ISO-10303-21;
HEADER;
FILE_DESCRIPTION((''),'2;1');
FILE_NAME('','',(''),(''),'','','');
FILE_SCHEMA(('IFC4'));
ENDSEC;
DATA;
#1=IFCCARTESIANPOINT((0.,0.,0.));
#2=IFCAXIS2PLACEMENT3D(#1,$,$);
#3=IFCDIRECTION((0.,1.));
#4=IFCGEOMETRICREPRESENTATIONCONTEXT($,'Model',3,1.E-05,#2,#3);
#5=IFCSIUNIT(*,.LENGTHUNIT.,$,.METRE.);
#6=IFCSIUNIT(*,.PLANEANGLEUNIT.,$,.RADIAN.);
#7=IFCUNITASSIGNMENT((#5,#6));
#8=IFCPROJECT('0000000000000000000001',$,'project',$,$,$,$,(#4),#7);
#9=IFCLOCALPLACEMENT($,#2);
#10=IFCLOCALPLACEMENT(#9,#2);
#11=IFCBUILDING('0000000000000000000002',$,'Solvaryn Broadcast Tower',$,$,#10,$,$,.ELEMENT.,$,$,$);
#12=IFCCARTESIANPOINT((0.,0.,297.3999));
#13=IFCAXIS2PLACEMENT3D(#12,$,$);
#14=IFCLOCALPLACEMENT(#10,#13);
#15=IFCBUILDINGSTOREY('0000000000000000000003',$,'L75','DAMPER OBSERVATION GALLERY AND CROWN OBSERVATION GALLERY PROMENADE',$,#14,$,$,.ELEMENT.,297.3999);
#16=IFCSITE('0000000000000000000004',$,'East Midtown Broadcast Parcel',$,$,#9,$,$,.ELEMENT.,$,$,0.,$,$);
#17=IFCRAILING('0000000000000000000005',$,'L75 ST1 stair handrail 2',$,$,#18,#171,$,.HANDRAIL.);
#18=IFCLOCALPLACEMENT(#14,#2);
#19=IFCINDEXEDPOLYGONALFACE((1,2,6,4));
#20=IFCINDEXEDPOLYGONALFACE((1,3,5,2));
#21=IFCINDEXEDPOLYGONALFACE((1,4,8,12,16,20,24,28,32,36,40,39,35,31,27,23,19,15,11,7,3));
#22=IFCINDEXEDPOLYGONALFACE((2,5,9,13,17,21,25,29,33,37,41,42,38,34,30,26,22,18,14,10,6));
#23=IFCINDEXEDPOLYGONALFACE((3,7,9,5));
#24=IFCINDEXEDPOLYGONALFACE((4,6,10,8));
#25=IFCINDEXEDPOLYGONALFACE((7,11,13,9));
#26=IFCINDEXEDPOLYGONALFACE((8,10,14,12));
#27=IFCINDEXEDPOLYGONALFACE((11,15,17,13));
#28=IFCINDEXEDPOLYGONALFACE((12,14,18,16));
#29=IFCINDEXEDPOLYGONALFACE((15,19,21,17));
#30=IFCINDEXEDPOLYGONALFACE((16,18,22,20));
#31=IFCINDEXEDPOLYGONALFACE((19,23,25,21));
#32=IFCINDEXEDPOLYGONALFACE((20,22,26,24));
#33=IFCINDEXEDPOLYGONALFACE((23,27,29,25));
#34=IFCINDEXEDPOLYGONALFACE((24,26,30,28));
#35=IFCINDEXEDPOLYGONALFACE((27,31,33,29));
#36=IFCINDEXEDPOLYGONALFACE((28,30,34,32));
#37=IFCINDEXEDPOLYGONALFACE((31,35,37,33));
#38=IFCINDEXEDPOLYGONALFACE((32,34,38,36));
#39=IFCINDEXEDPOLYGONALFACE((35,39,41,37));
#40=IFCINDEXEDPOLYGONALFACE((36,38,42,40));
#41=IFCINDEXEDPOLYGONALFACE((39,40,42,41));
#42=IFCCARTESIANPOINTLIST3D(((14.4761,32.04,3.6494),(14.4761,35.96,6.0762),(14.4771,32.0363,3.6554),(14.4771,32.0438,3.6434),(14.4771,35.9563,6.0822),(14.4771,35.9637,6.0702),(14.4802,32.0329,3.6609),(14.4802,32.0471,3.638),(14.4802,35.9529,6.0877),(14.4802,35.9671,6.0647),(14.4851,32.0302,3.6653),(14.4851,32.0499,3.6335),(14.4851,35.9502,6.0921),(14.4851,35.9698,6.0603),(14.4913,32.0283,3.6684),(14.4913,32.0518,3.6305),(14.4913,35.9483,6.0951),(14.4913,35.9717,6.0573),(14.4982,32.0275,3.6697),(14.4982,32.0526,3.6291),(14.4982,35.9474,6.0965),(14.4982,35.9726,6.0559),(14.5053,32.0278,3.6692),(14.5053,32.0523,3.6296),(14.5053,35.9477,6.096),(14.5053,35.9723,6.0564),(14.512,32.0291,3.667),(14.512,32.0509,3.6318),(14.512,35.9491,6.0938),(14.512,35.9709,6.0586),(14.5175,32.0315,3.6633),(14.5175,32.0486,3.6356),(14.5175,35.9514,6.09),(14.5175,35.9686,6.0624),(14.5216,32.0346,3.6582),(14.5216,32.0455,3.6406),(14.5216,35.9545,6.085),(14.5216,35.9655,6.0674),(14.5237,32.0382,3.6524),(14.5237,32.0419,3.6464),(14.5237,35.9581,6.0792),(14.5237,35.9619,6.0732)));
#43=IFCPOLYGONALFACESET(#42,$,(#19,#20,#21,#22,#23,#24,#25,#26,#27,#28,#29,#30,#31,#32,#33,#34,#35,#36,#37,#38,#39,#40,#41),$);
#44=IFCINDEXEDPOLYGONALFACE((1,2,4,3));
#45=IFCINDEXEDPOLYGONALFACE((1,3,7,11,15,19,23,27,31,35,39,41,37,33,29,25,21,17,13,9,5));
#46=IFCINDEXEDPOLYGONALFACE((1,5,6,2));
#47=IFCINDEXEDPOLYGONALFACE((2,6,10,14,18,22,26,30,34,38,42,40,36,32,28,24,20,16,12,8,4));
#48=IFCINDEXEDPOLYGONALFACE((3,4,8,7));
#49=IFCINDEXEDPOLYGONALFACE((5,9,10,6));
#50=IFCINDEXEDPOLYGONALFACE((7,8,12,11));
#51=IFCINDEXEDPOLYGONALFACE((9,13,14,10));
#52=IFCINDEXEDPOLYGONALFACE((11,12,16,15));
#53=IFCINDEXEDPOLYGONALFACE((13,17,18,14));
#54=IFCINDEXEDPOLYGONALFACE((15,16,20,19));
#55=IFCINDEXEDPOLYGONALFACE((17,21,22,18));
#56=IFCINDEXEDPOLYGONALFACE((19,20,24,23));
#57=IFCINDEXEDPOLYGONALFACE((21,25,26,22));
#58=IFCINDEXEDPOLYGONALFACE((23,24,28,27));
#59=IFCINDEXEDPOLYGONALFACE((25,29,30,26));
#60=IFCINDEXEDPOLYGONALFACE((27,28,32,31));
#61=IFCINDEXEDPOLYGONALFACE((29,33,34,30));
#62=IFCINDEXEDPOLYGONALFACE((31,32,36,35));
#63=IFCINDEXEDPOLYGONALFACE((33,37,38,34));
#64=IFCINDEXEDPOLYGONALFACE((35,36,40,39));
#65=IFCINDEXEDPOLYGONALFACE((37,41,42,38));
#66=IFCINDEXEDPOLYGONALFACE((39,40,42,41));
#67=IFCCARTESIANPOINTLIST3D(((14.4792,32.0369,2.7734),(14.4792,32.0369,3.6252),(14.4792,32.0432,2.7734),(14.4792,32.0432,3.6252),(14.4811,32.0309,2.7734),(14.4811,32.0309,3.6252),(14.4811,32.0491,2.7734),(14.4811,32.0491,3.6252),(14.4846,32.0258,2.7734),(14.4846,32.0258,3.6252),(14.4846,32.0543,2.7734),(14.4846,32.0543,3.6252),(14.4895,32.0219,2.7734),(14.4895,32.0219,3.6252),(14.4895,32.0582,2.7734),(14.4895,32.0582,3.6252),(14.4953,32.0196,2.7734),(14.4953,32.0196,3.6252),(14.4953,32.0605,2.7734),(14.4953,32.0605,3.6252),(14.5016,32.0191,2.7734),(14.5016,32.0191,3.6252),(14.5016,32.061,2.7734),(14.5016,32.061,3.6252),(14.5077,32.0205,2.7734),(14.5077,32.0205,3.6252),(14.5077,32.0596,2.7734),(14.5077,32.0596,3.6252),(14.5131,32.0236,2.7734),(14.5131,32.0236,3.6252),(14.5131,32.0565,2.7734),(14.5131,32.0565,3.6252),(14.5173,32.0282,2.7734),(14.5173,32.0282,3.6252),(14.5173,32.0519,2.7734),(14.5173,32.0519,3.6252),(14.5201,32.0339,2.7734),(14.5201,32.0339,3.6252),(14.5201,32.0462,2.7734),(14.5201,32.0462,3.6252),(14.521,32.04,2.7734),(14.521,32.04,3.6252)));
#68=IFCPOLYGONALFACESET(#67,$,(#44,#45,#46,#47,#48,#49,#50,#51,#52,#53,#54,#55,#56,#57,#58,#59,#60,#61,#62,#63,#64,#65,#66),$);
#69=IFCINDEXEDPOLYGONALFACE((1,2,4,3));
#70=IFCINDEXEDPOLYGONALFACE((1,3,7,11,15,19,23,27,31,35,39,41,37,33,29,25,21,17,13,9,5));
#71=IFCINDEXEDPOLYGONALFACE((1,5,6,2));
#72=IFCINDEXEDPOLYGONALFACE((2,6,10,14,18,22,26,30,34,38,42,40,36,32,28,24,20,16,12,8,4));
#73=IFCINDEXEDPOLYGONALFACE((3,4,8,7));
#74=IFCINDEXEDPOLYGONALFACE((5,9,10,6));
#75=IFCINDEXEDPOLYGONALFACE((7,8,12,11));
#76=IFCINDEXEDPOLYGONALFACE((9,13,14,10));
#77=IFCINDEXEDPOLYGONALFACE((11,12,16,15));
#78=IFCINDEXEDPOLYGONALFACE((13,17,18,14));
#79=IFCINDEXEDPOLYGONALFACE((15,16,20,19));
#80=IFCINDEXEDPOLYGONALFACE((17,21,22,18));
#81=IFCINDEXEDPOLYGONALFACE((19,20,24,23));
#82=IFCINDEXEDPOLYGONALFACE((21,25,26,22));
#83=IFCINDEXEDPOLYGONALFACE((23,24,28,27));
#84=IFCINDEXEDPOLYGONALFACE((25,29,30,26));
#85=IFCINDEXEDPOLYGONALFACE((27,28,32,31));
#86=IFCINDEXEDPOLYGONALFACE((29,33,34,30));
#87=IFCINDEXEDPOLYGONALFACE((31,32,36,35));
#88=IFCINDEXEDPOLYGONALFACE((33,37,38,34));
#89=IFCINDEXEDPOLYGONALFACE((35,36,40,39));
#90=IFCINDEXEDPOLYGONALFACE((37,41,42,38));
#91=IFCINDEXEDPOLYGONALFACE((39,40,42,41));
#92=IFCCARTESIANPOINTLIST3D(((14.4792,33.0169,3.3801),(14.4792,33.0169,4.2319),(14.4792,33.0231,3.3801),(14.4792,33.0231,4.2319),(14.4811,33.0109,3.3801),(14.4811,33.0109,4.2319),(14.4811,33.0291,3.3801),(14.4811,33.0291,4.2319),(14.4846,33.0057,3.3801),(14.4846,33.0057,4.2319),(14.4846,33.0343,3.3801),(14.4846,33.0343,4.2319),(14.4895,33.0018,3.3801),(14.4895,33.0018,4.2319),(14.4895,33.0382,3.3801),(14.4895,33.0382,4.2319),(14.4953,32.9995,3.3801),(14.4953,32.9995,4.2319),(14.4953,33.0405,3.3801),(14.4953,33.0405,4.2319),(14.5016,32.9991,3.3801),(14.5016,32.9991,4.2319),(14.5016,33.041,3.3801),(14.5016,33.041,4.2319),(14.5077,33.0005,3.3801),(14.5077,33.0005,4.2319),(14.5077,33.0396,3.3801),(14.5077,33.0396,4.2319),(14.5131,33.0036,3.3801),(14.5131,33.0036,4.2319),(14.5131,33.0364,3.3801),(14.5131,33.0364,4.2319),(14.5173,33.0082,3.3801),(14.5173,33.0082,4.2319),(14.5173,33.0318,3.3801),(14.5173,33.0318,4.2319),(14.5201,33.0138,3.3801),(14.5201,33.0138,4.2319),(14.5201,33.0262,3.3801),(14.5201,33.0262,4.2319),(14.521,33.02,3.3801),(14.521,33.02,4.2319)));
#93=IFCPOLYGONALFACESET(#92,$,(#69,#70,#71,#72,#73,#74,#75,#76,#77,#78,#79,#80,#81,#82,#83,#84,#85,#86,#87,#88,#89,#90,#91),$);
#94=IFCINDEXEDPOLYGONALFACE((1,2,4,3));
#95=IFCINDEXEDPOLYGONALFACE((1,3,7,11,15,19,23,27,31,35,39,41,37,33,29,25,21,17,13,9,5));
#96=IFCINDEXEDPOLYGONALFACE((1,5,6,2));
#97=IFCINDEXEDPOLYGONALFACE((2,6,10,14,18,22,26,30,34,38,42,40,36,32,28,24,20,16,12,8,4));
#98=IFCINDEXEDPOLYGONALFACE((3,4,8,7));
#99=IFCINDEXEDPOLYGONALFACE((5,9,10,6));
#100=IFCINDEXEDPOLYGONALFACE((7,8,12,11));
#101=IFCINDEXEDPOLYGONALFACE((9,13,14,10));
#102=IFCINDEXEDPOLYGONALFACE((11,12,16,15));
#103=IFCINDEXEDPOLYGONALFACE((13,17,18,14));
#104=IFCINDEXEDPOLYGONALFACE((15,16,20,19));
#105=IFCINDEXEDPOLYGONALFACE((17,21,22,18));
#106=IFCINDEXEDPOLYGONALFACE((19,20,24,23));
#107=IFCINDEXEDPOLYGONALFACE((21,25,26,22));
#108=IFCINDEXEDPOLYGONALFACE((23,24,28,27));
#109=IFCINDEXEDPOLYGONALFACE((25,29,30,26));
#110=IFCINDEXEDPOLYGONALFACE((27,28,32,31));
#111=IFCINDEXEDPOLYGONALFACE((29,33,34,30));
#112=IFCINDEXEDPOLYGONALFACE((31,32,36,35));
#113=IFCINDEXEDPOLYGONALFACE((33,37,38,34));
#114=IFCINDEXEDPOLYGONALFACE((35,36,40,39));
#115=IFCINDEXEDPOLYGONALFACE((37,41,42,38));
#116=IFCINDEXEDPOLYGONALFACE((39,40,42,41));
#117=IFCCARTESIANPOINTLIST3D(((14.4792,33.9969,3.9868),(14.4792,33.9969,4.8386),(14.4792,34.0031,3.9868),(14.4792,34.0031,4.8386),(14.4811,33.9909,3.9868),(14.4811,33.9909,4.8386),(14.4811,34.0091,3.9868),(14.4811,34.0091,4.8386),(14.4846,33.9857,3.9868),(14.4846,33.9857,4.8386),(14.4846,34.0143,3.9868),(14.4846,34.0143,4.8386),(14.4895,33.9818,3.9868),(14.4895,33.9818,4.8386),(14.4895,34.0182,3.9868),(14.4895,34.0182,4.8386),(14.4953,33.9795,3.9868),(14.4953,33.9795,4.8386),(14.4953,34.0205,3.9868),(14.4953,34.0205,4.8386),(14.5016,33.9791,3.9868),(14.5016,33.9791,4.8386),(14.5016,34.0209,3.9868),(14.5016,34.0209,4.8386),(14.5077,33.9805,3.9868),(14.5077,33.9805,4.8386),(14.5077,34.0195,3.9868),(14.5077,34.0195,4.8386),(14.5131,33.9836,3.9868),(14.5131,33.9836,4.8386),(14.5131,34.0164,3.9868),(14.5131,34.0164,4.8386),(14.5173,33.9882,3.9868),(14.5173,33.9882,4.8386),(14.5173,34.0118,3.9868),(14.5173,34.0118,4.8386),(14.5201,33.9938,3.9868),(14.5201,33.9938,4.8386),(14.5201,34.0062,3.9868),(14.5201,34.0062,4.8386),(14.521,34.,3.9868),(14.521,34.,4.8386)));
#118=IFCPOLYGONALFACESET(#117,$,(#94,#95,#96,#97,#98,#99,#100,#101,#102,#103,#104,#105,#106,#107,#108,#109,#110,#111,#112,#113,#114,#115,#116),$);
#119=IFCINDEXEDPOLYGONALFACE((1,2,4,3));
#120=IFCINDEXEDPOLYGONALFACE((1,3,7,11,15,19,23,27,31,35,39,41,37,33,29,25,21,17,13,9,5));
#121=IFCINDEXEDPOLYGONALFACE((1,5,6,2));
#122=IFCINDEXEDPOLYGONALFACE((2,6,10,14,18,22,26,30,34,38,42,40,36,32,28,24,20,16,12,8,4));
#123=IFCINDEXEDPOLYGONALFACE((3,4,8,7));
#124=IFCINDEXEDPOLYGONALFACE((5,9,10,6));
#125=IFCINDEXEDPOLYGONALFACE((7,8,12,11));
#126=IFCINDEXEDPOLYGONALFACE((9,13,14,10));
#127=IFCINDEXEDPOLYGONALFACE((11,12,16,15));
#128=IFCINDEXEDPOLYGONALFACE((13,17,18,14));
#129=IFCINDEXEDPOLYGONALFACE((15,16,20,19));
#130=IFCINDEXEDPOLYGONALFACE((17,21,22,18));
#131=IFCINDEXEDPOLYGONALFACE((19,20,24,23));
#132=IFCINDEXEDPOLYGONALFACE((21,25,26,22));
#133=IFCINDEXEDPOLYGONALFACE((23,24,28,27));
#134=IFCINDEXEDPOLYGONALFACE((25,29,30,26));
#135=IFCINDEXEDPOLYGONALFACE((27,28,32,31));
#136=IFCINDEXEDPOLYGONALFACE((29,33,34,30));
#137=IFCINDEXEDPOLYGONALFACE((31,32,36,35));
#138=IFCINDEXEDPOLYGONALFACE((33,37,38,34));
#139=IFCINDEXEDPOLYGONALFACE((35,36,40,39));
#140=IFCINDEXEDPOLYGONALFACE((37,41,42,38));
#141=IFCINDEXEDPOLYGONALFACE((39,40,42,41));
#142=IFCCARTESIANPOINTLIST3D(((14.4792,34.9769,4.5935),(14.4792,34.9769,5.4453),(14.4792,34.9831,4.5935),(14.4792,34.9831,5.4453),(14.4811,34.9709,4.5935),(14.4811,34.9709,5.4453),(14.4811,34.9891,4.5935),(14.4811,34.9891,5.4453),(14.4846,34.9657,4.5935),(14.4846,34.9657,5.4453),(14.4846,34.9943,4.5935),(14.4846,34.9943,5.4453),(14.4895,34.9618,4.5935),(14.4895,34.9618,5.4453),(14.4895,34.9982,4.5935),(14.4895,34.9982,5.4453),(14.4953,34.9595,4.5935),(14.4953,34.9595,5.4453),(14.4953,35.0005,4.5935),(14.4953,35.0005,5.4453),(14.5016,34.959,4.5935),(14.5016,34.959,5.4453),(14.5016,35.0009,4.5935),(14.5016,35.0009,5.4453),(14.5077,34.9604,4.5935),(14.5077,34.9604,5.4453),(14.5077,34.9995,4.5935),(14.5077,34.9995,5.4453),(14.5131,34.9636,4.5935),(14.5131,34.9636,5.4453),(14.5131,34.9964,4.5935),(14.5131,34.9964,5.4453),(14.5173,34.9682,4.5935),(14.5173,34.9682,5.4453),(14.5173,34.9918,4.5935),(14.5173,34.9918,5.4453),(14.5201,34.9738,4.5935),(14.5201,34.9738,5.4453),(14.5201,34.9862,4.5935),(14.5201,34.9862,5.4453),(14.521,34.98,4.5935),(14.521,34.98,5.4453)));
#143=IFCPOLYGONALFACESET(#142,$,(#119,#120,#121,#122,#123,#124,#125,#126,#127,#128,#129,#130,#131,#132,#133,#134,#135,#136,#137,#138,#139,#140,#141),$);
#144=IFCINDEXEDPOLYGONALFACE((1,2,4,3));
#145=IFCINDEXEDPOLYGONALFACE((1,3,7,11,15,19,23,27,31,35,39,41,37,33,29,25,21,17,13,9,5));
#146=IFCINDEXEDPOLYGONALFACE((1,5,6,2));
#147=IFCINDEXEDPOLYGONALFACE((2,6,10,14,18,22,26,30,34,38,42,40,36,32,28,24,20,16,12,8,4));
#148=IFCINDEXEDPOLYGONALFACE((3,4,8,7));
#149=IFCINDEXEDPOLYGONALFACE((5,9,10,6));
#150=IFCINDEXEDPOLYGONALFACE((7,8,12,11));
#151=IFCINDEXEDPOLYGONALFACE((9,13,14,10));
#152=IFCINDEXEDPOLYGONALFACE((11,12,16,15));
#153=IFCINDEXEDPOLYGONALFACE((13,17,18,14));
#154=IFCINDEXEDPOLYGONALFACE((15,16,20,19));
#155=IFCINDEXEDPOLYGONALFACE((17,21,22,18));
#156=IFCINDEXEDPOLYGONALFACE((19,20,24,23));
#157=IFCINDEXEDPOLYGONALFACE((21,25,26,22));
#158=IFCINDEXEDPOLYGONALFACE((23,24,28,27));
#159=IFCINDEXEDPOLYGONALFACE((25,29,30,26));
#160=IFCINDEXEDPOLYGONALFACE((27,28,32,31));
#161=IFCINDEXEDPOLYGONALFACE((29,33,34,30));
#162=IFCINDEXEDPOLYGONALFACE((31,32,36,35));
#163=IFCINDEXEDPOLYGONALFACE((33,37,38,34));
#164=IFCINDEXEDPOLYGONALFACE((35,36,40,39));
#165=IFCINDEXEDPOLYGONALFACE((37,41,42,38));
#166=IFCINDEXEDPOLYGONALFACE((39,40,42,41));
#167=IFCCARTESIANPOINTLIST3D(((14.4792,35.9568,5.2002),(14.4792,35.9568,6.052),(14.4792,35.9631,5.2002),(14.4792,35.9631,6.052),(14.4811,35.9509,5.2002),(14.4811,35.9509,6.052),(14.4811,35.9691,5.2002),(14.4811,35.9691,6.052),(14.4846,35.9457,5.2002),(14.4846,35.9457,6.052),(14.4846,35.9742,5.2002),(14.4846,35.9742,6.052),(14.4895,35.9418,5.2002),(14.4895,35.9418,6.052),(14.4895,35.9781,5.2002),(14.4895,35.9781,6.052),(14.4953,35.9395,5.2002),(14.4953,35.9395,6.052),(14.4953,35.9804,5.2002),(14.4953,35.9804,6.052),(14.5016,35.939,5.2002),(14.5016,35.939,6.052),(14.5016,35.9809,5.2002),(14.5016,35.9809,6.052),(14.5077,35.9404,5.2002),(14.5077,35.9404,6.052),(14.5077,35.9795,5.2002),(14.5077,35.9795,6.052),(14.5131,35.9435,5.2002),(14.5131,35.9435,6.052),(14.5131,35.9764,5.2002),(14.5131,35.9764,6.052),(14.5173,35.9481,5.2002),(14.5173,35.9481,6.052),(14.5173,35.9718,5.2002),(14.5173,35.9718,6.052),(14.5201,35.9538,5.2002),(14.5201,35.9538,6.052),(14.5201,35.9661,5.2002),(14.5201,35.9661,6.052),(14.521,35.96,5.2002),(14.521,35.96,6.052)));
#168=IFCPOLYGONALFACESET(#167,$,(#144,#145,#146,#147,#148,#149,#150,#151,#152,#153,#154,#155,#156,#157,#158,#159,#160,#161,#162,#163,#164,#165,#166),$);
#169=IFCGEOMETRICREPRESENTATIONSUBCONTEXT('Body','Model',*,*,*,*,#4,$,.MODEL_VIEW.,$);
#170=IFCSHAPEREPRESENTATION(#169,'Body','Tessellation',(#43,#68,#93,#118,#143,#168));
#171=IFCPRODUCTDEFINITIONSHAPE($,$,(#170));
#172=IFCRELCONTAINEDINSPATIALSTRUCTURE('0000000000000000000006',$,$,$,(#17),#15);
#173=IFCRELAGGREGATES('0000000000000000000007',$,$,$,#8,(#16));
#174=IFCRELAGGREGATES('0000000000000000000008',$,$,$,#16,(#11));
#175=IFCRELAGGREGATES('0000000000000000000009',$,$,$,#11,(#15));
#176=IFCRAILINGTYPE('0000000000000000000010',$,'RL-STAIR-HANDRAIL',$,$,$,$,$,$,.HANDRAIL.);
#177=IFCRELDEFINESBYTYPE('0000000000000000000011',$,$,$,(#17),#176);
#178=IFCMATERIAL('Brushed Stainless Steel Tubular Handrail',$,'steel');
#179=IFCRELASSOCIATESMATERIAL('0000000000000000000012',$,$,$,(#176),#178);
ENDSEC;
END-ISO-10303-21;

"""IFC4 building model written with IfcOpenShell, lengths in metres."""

from ifc_helpers import new_model, si_unit, direction, frame, origin, origin_2d, place, context, subcontext, project, spatial, circle, extrude, material, type_object, element, save


model = new_model("IFC4")

# Units and contexts
model_context = context("Model", 3, precision=1e-05, world=origin(), true_north=direction((0.0, 1.0)))
body_context = subcontext(model_context, "Body", "Model", "MODEL_VIEW")
ifc_project = project(units=[si_unit("LENGTHUNIT", "METRE"), si_unit("PLANEANGLEUNIT", "RADIAN")], contexts=[model_context])

# Site, building, storey
site_placement = place(None, origin())
site = spatial("IfcSite", under=ifc_project, at=site_placement, Name="East Midtown Broadcast Parcel", CompositionType="ELEMENT", RefElevation=0.0)
building_placement = place(site_placement, origin())
building = spatial("IfcBuilding", under=site, at=building_placement, Name="Solvaryn Broadcast Tower", CompositionType="ELEMENT")
storey_placement = place(building_placement, frame((0.0, 0.0, 297.3999)))
storey = spatial("IfcBuildingStorey", under=building, at=storey_placement, Name="L75", Description="DAMPER OBSERVATION GALLERY AND CROWN OBSERVATION GALLERY PROMENADE", CompositionType="ELEMENT", Elevation=297.3999)

# Railing
ifc_material_1 = material(Name="Brushed Stainless Steel Tubular Handrail", Category="steel")
railing_type_1 = type_object("IfcRailingType", Name="RL-STAIR-HANDRAIL", PredefinedType="HANDRAIL", material=ifc_material_1)
for number, where, name in (
    (1, (14.5, 32.04, 2.7734), "L75 ST1 stair handrail 2"),
):
    element("IfcRailing", number, at=place(storey_placement, frame(where)), inside=storey, type_object=railing_type_1, Name=name, PredefinedType="HANDRAIL", context=body_context, shape_type="SweptSolid", body=[
        extrude(circle(Radius=0.0239, at=origin_2d()), frame((0.0, 0.0, 0.876), z_axis=(0.0, 0.850252, 0.526376), x_axis=(-1.0, 0.0, 0.0)), (0.0, 0.0, 1.0), 4.6104),
        extrude(circle(Radius=0.021, at=origin_2d()), origin(), (0.0, 0.0, 1.0), 0.8518),
        extrude(circle(Radius=0.021, at=origin_2d()), frame((0.0, 0.98, 0.6067)), (0.0, 0.0, 1.0), 0.8518),
        extrude(circle(Radius=0.021, at=origin_2d()), frame((0.0, 1.96, 1.2134)), (0.0, 0.0, 1.0), 0.8518),
        extrude(circle(Radius=0.021, at=origin_2d()), frame((0.0, 2.9399, 1.8201)), (0.0, 0.0, 1.0), 0.8518),
        extrude(circle(Radius=0.021, at=origin_2d()), frame((0.0, 3.9199, 2.4268)), (0.0, 0.0, 1.0), 0.8518),
    ])

save(model, "model.ifc")
